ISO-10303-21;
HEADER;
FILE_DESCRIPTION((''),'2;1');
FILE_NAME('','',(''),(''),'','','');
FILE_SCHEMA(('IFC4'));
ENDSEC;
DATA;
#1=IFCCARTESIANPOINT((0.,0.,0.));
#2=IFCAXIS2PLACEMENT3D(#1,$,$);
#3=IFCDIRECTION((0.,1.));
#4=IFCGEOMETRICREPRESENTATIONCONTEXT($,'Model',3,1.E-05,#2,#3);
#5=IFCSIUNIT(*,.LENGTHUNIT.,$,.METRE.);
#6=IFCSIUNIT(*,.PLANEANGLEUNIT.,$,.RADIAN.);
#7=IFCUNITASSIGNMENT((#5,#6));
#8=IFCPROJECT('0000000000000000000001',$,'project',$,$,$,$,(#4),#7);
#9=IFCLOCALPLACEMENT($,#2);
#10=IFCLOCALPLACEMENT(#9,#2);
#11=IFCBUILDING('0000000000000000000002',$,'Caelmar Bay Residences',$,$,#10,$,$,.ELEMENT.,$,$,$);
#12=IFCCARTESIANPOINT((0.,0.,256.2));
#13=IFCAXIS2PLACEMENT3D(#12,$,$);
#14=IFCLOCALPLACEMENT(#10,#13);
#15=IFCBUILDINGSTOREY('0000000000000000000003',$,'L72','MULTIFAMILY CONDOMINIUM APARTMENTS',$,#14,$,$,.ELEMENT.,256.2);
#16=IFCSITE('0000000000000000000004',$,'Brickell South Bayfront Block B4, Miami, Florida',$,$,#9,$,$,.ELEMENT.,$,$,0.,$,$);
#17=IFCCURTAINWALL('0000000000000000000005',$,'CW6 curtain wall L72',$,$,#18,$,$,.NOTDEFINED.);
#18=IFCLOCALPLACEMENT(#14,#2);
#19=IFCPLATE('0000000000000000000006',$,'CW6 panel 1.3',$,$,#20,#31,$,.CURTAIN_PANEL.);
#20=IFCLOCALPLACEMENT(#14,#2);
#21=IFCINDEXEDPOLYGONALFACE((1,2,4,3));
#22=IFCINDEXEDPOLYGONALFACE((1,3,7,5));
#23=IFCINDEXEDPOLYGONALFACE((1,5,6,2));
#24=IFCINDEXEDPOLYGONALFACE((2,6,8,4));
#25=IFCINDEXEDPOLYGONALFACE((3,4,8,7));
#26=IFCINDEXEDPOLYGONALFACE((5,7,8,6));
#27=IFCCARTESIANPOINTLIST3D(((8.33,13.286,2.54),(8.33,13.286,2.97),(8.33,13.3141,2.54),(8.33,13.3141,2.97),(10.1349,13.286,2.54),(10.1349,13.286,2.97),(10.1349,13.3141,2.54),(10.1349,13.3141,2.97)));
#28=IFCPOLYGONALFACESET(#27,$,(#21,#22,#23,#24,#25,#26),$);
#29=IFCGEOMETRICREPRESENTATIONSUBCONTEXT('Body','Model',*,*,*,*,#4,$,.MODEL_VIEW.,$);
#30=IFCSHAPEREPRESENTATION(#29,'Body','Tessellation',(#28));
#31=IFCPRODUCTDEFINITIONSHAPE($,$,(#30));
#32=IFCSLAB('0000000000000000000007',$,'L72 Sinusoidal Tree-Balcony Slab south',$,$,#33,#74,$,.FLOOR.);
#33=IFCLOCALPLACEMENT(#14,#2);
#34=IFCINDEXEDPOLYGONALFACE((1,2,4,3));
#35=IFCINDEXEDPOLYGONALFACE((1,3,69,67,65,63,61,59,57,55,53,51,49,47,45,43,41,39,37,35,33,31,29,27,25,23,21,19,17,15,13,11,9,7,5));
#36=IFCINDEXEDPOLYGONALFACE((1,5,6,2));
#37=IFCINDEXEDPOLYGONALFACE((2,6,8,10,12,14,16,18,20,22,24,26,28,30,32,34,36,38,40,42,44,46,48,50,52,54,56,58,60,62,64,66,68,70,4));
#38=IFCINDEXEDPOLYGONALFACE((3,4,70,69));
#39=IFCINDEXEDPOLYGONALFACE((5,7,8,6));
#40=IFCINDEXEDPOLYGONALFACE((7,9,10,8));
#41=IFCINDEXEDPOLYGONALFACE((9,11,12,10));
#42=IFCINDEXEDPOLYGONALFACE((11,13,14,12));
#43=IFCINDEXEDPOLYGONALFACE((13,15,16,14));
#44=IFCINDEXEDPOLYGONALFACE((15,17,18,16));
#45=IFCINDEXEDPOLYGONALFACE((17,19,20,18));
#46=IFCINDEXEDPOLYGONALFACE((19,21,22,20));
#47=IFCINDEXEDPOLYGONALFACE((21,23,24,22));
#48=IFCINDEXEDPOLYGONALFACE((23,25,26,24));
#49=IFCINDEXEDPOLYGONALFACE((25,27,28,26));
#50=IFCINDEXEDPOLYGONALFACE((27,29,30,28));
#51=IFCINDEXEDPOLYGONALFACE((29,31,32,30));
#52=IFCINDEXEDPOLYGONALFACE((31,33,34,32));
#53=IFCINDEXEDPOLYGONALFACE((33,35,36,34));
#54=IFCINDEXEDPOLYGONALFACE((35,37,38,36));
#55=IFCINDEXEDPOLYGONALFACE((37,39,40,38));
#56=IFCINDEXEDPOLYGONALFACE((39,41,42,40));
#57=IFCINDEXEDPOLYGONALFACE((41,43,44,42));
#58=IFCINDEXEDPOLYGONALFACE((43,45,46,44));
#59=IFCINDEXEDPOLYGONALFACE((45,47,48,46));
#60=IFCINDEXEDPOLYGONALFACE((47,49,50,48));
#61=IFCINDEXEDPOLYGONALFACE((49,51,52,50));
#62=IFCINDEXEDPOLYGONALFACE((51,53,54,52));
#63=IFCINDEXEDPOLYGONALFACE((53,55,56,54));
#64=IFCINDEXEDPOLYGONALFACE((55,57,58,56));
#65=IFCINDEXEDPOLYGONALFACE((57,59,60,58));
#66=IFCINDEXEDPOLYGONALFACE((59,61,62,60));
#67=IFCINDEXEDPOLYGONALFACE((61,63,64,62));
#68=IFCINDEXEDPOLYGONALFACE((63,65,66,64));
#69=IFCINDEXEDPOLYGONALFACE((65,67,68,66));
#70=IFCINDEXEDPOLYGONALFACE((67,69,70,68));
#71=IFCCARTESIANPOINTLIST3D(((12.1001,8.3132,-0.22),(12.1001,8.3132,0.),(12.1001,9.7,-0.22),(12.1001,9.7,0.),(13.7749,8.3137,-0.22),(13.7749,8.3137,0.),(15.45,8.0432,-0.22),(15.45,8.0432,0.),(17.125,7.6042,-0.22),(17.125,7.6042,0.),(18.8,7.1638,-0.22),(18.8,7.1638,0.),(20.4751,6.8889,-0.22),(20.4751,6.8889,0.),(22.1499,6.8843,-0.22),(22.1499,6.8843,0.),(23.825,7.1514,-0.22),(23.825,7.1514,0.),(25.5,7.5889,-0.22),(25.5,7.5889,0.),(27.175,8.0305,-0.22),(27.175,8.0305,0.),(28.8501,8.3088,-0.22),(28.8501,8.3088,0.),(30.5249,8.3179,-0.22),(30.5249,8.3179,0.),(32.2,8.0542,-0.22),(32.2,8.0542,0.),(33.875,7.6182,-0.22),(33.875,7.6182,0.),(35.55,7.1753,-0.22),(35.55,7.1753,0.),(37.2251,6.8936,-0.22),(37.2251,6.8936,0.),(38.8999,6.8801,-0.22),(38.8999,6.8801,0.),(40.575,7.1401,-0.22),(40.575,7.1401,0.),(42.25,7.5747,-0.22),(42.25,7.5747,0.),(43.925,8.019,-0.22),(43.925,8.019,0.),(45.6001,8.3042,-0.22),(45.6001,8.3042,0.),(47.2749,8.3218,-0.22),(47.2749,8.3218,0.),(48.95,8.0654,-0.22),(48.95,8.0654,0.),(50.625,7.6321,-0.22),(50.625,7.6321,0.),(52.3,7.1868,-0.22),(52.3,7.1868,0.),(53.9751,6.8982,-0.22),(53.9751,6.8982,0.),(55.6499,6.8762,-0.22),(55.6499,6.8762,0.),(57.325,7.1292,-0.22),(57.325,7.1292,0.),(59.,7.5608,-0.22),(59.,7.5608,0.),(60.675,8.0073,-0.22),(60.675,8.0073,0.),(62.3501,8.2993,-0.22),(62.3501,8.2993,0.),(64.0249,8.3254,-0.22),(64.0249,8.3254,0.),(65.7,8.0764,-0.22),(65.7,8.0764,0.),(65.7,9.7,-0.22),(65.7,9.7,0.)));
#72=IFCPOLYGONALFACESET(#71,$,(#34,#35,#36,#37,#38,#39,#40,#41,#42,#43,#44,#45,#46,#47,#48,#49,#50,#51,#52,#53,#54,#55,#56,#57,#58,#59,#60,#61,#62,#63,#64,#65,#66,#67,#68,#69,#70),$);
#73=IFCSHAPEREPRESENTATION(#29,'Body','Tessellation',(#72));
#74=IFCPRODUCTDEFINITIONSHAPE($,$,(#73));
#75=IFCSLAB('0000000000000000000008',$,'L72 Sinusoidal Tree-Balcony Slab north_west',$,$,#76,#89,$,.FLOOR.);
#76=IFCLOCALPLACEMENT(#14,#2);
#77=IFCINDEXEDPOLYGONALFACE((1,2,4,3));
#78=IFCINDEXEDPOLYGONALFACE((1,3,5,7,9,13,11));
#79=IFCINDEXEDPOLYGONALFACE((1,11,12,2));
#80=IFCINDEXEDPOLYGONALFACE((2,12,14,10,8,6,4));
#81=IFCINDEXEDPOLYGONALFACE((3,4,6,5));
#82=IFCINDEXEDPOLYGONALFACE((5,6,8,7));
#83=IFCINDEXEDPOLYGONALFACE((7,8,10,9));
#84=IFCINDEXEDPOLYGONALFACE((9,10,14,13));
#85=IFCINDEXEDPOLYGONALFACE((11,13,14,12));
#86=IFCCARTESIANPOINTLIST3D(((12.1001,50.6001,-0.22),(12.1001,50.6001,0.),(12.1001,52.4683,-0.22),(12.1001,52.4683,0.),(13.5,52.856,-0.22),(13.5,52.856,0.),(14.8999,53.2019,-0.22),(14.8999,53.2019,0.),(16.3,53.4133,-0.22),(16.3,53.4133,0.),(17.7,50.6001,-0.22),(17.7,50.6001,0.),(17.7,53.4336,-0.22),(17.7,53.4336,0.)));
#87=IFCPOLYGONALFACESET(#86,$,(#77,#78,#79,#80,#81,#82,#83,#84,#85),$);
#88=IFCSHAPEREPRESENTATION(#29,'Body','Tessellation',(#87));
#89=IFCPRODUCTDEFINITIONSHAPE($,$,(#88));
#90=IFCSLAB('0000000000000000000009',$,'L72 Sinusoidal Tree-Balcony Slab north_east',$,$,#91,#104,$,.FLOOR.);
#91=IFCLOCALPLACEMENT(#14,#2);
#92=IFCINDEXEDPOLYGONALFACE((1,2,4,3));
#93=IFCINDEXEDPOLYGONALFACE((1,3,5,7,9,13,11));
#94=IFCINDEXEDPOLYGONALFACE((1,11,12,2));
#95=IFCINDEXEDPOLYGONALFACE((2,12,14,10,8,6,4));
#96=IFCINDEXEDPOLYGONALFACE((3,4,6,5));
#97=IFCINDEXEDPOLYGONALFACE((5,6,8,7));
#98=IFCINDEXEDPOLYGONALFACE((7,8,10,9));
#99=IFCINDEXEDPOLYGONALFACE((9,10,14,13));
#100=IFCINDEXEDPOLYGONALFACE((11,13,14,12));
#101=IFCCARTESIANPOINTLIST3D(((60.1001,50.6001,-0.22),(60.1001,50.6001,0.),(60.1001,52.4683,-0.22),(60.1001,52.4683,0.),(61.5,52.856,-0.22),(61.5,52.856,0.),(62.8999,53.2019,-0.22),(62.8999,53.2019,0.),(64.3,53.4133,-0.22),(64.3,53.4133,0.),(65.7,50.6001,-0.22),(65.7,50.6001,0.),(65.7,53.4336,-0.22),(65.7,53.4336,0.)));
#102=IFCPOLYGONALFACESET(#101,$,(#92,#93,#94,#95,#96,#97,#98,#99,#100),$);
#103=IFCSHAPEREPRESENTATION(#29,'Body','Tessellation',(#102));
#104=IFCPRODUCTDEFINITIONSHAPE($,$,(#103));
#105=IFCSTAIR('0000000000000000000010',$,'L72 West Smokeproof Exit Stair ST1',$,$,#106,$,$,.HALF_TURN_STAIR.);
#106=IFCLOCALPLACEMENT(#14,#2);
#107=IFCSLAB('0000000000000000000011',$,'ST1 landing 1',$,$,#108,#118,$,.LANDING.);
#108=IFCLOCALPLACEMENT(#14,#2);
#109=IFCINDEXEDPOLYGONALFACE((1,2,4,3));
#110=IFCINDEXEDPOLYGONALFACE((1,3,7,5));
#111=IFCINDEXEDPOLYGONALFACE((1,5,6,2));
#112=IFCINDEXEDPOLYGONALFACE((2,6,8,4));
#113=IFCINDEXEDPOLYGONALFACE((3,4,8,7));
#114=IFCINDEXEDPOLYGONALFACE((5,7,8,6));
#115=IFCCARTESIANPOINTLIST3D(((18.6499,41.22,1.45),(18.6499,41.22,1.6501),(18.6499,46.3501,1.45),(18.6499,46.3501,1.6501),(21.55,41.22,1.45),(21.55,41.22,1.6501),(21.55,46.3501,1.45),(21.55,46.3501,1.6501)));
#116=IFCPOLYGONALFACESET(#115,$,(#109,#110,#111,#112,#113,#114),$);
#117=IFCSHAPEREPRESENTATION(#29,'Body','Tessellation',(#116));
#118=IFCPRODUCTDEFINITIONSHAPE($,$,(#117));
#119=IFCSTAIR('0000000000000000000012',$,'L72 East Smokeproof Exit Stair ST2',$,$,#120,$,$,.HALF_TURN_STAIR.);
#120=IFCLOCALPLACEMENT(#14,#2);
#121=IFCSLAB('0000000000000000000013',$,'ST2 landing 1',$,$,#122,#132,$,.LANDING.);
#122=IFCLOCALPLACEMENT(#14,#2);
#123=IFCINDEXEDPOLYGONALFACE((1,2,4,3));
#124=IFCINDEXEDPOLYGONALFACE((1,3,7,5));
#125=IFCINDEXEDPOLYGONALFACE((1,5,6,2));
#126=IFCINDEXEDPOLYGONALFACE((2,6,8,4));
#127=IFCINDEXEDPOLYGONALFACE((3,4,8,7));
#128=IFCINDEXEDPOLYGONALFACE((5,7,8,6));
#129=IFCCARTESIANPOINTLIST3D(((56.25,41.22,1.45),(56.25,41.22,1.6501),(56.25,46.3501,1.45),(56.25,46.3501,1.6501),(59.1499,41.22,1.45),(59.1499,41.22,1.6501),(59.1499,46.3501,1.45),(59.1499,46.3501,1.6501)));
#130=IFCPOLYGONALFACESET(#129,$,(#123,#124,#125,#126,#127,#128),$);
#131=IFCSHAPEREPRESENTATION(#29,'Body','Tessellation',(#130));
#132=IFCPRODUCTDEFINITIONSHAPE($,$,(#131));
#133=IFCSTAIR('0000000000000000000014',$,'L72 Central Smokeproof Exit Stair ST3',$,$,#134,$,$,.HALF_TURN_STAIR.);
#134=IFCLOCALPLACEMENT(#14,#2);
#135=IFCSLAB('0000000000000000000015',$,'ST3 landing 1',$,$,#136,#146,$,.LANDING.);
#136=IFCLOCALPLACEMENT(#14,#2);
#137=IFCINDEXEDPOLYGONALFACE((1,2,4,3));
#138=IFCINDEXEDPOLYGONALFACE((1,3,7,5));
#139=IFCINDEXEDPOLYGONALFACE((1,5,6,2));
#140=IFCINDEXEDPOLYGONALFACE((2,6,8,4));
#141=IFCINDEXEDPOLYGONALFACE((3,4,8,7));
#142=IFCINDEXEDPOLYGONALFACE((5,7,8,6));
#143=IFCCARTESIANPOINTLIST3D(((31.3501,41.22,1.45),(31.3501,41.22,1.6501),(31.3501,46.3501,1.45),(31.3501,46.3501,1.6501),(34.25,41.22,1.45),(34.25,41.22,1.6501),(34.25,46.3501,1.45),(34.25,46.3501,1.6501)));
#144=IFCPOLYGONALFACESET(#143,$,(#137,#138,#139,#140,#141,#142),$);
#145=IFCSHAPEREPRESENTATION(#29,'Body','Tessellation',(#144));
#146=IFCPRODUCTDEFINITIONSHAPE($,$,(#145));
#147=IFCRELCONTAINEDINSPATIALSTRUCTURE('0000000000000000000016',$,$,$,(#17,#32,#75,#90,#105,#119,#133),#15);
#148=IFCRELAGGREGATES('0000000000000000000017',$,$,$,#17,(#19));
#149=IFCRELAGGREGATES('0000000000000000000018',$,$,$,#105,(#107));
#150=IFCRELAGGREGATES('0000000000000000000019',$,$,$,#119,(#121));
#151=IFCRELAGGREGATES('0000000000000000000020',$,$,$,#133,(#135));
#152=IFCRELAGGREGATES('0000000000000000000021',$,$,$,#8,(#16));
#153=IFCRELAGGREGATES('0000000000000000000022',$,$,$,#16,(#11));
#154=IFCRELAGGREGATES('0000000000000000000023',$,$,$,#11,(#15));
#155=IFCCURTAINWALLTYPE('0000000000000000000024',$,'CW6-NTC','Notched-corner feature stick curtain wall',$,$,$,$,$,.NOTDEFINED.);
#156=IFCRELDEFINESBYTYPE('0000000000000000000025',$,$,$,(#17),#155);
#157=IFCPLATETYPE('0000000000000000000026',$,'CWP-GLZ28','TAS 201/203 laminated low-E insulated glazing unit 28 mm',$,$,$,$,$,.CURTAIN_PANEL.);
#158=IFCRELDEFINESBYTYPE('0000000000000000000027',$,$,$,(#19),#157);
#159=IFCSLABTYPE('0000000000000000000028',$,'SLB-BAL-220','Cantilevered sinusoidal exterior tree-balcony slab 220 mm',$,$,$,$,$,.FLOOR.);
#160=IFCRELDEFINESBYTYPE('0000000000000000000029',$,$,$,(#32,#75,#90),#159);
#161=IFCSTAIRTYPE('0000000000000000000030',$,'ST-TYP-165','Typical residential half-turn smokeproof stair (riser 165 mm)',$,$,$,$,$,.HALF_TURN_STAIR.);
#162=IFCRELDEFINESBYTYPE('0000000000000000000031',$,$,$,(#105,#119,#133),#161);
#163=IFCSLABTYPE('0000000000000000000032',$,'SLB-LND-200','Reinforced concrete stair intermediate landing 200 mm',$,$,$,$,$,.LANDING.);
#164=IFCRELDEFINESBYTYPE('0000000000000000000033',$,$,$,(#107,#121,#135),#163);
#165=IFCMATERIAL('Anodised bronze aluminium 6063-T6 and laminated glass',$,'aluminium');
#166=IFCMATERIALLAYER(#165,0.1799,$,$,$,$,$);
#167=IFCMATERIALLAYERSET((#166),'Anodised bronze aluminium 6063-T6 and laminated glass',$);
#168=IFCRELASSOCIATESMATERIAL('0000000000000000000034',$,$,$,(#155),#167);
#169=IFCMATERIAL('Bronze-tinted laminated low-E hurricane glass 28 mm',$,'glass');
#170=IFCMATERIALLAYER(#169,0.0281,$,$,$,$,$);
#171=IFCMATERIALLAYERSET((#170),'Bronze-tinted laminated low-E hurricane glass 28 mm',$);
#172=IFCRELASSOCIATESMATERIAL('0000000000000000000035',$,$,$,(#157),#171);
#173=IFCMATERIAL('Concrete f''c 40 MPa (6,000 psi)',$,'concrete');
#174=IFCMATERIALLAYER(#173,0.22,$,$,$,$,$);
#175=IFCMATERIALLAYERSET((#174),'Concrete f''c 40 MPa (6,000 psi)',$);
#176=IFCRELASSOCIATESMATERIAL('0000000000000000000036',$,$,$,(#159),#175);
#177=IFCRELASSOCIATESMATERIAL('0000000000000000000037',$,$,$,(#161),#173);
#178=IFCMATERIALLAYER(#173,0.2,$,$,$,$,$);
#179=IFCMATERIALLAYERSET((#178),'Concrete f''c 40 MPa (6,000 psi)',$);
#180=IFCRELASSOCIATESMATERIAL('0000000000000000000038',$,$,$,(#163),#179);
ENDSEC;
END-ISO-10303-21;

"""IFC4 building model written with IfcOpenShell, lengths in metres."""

from ifc_helpers import new_model, si_unit, direction, frame, origin, origin_2d, place, context, subcontext, project, spatial, polyline, rectangle, outline, extrude, material, layer, layer_set, type_object, element, aggregate, save


model = new_model("IFC4")

# Units and contexts
model_context = context("Model", 3, precision=1e-05, world=origin(), true_north=direction((0.0, 1.0)))
body_context = subcontext(model_context, "Body", "Model", "MODEL_VIEW")
ifc_project = project(units=[si_unit("LENGTHUNIT", "METRE"), si_unit("PLANEANGLEUNIT", "RADIAN")], contexts=[model_context])

# Site, building, storey
site_placement = place(None, origin())
site = spatial("IfcSite", under=ifc_project, at=site_placement, Name="Brickell South Bayfront Block B4, Miami, Florida", CompositionType="ELEMENT", RefElevation=0.0)
building_placement = place(site_placement, origin())
building = spatial("IfcBuilding", under=site, at=building_placement, Name="Caelmar Bay Residences", CompositionType="ELEMENT")
storey_placement = place(building_placement, frame((0.0, 0.0, 256.2)))
storey = spatial("IfcBuildingStorey", under=building, at=storey_placement, Name="L72", Description="MULTIFAMILY CONDOMINIUM APARTMENTS", CompositionType="ELEMENT", Elevation=256.2)

# Curtain wall
ifc_material_1 = material(Name="Anodised bronze aluminium 6063-T6 and laminated glass", Category="aluminium")
ifc_layer_1 = layer(ifc_material_1, 0.1799)
ifc_layer_set_1 = layer_set([ifc_layer_1], Name="Anodised bronze aluminium 6063-T6 and laminated glass")
curtain_wall_type_1 = type_object("IfcCurtainWallType", Name="CW6-NTC", Description="Notched-corner feature stick curtain wall", PredefinedType="NOTDEFINED", material=ifc_layer_set_1)
curtain_wall_1_placement = place(storey_placement, origin())
curtain_wall_1 = element("IfcCurtainWall", 1, at=curtain_wall_1_placement, inside=storey, type_object=curtain_wall_type_1, Name="CW6 curtain wall L72", PredefinedType="NOTDEFINED")

# Plate
ifc_material_2 = material(Name="Bronze-tinted laminated low-E hurricane glass 28 mm", Category="glass")
ifc_layer_2 = layer(ifc_material_2, 0.0281)
ifc_layer_set_2 = layer_set([ifc_layer_2], Name="Bronze-tinted laminated low-E hurricane glass 28 mm")
plate_type = type_object("IfcPlateType", Name="CWP-GLZ28", Description="TAS 201/203 laminated low-E insulated glazing unit 28 mm", PredefinedType="CURTAIN_PANEL", material=ifc_layer_set_2)
plate_1_placement = place(storey_placement, frame((9.2324, 13.3, 2.54), z_axis=(0.0, 0.0, 1.0), x_axis=(1.0, 0.0, 0.0)))
plate_1 = element("IfcPlate", 2, at=plate_1_placement, type_object=plate_type, Name="CW6 panel 1.3", PredefinedType="CURTAIN_PANEL", context=body_context, shape_type="SweptSolid", body=[
    extrude(rectangle(XDim=1.8049, YDim=0.0281, at=origin_2d()), origin(), (0.0, 0.0, 1.0), 0.4299),
])
aggregate(curtain_wall_1, [plate_1])

# Slabs
ifc_material_3 = material(Name="Concrete f'c 40 MPa (6,000 psi)", Category="concrete")
ifc_layer_3 = layer(ifc_material_3, 0.22)
ifc_layer_set_3 = layer_set([ifc_layer_3], Name="Concrete f'c 40 MPa (6,000 psi)")
slab_type_1 = type_object("IfcSlabType", Name="SLB-BAL-220", Description="Cantilevered sinusoidal exterior tree-balcony slab 220 mm", PredefinedType="FLOOR", material=ifc_layer_set_3)
slab_1_placement = place(storey_placement, frame((0.0, 0.0, -0.22)))
element("IfcSlab", 3, at=slab_1_placement, inside=storey, type_object=slab_type_1, Name="L72 Sinusoidal Tree-Balcony Slab south", PredefinedType="FLOOR", context=body_context, shape_type="SweptSolid", body=[
    extrude(outline(polyline([(12.1001, 8.3132), (13.7749, 8.3137), (15.45, 8.0432), (17.125, 7.6042), (18.8, 7.1638), (20.4751, 6.8889), (22.1499, 6.8843), (23.825, 7.1514), (25.5, 7.5889), (27.175, 8.0305), (28.8501, 8.3088), (30.5249, 8.3179), (32.2, 8.0542), (33.875, 7.6182), (35.55, 7.1753), (37.2251, 6.8936), (38.8999, 6.8801), (40.575, 7.1401), (42.25, 7.5747), (43.925, 8.019), (45.6001, 8.3042), (47.2749, 8.3218), (48.95, 8.0654), (50.625, 7.6321), (52.3, 7.1868), (53.9751, 6.8982), (55.6499, 6.8762), (57.325, 7.1292), (59.0, 7.5608), (60.675, 8.0073), (62.3501, 8.2993), (64.0249, 8.3254), (65.7, 8.0764), (65.7, 9.7), (12.1001, 9.7), (12.1001, 8.3132)])), origin(), (0.0, 0.0, 1.0), 0.22),
])
slab_2_placement = place(storey_placement, frame((0.0, 0.0, -0.22)))
element("IfcSlab", 4, at=slab_2_placement, inside=storey, type_object=slab_type_1, Name="L72 Sinusoidal Tree-Balcony Slab north_west", PredefinedType="FLOOR", context=body_context, shape_type="SweptSolid", body=[
    extrude(outline(polyline([(12.1001, 50.6001), (17.7, 50.6001), (17.7, 53.4336), (16.3, 53.4133), (14.8999, 53.2019), (13.5, 52.856), (12.1001, 52.4683), (12.1001, 50.6001)])), origin(), (0.0, 0.0, 1.0), 0.22),
])
slab_3_placement = place(storey_placement, frame((0.0, 0.0, -0.22)))
element("IfcSlab", 5, at=slab_3_placement, inside=storey, type_object=slab_type_1, Name="L72 Sinusoidal Tree-Balcony Slab north_east", PredefinedType="FLOOR", context=body_context, shape_type="SweptSolid", body=[
    extrude(outline(polyline([(60.1001, 50.6001), (65.7, 50.6001), (65.7, 53.4336), (64.3, 53.4133), (62.8999, 53.2019), (61.5, 52.856), (60.1001, 52.4683), (60.1001, 50.6001)])), origin(), (0.0, 0.0, 1.0), 0.22),
])

# Stairs, slabs
stair_type = type_object("IfcStairType", Name="ST-TYP-165", Description="Typical residential half-turn smokeproof stair (riser 165 mm)", PredefinedType="HALF_TURN_STAIR", material=ifc_material_3)
stair_1_placement = place(storey_placement, origin())
stair_1 = element("IfcStair", 6, at=stair_1_placement, inside=storey, type_object=stair_type, Name="L72 West Smokeproof Exit Stair ST1", PredefinedType="HALF_TURN_STAIR")
ifc_layer_4 = layer(ifc_material_3, 0.2)
ifc_layer_set_4 = layer_set([ifc_layer_4], Name="Concrete f'c 40 MPa (6,000 psi)")
slab_type_2 = type_object("IfcSlabType", Name="SLB-LND-200", Description="Reinforced concrete stair intermediate landing 200 mm", PredefinedType="LANDING", material=ifc_layer_set_4)
slab_4_placement = place(storey_placement, frame((0.0, 0.0, 1.45)))
slab_4 = element("IfcSlab", 7, at=slab_4_placement, type_object=slab_type_2, Name="ST1 landing 1", PredefinedType="LANDING", context=body_context, shape_type="SweptSolid", body=[
    extrude(outline(polyline([(21.55, 41.22), (21.55, 46.3501), (18.6499, 46.3501), (18.6499, 41.22), (21.55, 41.22)])), origin(), (0.0, 0.0, 1.0), 0.2002),
])
aggregate(stair_1, [slab_4])
stair_2_placement = place(storey_placement, origin())
stair_2 = element("IfcStair", 8, at=stair_2_placement, inside=storey, type_object=stair_type, Name="L72 East Smokeproof Exit Stair ST2", PredefinedType="HALF_TURN_STAIR")
slab_5_placement = place(storey_placement, frame((0.0, 0.0, 1.45)))
slab_5 = element("IfcSlab", 9, at=slab_5_placement, type_object=slab_type_2, Name="ST2 landing 1", PredefinedType="LANDING", context=body_context, shape_type="SweptSolid", body=[
    extrude(outline(polyline([(59.1499, 41.22), (59.1499, 46.3501), (56.25, 46.3501), (56.25, 41.22), (59.1499, 41.22)])), origin(), (0.0, 0.0, 1.0), 0.2002),
])
aggregate(stair_2, [slab_5])
stair_3_placement = place(storey_placement, origin())
stair_3 = element("IfcStair", 10, at=stair_3_placement, inside=storey, type_object=stair_type, Name="L72 Central Smokeproof Exit Stair ST3", PredefinedType="HALF_TURN_STAIR")
slab_6_placement = place(storey_placement, frame((0.0, 0.0, 1.45)))
slab_6 = element("IfcSlab", 11, at=slab_6_placement, type_object=slab_type_2, Name="ST3 landing 1", PredefinedType="LANDING", context=body_context, shape_type="SweptSolid", body=[
    extrude(outline(polyline([(34.25, 41.22), (34.25, 46.3501), (31.3501, 46.3501), (31.3501, 41.22), (34.25, 41.22)])), origin(), (0.0, 0.0, 1.0), 0.2002),
])
aggregate(stair_3, [slab_6])

save(model, "model.ifc")
